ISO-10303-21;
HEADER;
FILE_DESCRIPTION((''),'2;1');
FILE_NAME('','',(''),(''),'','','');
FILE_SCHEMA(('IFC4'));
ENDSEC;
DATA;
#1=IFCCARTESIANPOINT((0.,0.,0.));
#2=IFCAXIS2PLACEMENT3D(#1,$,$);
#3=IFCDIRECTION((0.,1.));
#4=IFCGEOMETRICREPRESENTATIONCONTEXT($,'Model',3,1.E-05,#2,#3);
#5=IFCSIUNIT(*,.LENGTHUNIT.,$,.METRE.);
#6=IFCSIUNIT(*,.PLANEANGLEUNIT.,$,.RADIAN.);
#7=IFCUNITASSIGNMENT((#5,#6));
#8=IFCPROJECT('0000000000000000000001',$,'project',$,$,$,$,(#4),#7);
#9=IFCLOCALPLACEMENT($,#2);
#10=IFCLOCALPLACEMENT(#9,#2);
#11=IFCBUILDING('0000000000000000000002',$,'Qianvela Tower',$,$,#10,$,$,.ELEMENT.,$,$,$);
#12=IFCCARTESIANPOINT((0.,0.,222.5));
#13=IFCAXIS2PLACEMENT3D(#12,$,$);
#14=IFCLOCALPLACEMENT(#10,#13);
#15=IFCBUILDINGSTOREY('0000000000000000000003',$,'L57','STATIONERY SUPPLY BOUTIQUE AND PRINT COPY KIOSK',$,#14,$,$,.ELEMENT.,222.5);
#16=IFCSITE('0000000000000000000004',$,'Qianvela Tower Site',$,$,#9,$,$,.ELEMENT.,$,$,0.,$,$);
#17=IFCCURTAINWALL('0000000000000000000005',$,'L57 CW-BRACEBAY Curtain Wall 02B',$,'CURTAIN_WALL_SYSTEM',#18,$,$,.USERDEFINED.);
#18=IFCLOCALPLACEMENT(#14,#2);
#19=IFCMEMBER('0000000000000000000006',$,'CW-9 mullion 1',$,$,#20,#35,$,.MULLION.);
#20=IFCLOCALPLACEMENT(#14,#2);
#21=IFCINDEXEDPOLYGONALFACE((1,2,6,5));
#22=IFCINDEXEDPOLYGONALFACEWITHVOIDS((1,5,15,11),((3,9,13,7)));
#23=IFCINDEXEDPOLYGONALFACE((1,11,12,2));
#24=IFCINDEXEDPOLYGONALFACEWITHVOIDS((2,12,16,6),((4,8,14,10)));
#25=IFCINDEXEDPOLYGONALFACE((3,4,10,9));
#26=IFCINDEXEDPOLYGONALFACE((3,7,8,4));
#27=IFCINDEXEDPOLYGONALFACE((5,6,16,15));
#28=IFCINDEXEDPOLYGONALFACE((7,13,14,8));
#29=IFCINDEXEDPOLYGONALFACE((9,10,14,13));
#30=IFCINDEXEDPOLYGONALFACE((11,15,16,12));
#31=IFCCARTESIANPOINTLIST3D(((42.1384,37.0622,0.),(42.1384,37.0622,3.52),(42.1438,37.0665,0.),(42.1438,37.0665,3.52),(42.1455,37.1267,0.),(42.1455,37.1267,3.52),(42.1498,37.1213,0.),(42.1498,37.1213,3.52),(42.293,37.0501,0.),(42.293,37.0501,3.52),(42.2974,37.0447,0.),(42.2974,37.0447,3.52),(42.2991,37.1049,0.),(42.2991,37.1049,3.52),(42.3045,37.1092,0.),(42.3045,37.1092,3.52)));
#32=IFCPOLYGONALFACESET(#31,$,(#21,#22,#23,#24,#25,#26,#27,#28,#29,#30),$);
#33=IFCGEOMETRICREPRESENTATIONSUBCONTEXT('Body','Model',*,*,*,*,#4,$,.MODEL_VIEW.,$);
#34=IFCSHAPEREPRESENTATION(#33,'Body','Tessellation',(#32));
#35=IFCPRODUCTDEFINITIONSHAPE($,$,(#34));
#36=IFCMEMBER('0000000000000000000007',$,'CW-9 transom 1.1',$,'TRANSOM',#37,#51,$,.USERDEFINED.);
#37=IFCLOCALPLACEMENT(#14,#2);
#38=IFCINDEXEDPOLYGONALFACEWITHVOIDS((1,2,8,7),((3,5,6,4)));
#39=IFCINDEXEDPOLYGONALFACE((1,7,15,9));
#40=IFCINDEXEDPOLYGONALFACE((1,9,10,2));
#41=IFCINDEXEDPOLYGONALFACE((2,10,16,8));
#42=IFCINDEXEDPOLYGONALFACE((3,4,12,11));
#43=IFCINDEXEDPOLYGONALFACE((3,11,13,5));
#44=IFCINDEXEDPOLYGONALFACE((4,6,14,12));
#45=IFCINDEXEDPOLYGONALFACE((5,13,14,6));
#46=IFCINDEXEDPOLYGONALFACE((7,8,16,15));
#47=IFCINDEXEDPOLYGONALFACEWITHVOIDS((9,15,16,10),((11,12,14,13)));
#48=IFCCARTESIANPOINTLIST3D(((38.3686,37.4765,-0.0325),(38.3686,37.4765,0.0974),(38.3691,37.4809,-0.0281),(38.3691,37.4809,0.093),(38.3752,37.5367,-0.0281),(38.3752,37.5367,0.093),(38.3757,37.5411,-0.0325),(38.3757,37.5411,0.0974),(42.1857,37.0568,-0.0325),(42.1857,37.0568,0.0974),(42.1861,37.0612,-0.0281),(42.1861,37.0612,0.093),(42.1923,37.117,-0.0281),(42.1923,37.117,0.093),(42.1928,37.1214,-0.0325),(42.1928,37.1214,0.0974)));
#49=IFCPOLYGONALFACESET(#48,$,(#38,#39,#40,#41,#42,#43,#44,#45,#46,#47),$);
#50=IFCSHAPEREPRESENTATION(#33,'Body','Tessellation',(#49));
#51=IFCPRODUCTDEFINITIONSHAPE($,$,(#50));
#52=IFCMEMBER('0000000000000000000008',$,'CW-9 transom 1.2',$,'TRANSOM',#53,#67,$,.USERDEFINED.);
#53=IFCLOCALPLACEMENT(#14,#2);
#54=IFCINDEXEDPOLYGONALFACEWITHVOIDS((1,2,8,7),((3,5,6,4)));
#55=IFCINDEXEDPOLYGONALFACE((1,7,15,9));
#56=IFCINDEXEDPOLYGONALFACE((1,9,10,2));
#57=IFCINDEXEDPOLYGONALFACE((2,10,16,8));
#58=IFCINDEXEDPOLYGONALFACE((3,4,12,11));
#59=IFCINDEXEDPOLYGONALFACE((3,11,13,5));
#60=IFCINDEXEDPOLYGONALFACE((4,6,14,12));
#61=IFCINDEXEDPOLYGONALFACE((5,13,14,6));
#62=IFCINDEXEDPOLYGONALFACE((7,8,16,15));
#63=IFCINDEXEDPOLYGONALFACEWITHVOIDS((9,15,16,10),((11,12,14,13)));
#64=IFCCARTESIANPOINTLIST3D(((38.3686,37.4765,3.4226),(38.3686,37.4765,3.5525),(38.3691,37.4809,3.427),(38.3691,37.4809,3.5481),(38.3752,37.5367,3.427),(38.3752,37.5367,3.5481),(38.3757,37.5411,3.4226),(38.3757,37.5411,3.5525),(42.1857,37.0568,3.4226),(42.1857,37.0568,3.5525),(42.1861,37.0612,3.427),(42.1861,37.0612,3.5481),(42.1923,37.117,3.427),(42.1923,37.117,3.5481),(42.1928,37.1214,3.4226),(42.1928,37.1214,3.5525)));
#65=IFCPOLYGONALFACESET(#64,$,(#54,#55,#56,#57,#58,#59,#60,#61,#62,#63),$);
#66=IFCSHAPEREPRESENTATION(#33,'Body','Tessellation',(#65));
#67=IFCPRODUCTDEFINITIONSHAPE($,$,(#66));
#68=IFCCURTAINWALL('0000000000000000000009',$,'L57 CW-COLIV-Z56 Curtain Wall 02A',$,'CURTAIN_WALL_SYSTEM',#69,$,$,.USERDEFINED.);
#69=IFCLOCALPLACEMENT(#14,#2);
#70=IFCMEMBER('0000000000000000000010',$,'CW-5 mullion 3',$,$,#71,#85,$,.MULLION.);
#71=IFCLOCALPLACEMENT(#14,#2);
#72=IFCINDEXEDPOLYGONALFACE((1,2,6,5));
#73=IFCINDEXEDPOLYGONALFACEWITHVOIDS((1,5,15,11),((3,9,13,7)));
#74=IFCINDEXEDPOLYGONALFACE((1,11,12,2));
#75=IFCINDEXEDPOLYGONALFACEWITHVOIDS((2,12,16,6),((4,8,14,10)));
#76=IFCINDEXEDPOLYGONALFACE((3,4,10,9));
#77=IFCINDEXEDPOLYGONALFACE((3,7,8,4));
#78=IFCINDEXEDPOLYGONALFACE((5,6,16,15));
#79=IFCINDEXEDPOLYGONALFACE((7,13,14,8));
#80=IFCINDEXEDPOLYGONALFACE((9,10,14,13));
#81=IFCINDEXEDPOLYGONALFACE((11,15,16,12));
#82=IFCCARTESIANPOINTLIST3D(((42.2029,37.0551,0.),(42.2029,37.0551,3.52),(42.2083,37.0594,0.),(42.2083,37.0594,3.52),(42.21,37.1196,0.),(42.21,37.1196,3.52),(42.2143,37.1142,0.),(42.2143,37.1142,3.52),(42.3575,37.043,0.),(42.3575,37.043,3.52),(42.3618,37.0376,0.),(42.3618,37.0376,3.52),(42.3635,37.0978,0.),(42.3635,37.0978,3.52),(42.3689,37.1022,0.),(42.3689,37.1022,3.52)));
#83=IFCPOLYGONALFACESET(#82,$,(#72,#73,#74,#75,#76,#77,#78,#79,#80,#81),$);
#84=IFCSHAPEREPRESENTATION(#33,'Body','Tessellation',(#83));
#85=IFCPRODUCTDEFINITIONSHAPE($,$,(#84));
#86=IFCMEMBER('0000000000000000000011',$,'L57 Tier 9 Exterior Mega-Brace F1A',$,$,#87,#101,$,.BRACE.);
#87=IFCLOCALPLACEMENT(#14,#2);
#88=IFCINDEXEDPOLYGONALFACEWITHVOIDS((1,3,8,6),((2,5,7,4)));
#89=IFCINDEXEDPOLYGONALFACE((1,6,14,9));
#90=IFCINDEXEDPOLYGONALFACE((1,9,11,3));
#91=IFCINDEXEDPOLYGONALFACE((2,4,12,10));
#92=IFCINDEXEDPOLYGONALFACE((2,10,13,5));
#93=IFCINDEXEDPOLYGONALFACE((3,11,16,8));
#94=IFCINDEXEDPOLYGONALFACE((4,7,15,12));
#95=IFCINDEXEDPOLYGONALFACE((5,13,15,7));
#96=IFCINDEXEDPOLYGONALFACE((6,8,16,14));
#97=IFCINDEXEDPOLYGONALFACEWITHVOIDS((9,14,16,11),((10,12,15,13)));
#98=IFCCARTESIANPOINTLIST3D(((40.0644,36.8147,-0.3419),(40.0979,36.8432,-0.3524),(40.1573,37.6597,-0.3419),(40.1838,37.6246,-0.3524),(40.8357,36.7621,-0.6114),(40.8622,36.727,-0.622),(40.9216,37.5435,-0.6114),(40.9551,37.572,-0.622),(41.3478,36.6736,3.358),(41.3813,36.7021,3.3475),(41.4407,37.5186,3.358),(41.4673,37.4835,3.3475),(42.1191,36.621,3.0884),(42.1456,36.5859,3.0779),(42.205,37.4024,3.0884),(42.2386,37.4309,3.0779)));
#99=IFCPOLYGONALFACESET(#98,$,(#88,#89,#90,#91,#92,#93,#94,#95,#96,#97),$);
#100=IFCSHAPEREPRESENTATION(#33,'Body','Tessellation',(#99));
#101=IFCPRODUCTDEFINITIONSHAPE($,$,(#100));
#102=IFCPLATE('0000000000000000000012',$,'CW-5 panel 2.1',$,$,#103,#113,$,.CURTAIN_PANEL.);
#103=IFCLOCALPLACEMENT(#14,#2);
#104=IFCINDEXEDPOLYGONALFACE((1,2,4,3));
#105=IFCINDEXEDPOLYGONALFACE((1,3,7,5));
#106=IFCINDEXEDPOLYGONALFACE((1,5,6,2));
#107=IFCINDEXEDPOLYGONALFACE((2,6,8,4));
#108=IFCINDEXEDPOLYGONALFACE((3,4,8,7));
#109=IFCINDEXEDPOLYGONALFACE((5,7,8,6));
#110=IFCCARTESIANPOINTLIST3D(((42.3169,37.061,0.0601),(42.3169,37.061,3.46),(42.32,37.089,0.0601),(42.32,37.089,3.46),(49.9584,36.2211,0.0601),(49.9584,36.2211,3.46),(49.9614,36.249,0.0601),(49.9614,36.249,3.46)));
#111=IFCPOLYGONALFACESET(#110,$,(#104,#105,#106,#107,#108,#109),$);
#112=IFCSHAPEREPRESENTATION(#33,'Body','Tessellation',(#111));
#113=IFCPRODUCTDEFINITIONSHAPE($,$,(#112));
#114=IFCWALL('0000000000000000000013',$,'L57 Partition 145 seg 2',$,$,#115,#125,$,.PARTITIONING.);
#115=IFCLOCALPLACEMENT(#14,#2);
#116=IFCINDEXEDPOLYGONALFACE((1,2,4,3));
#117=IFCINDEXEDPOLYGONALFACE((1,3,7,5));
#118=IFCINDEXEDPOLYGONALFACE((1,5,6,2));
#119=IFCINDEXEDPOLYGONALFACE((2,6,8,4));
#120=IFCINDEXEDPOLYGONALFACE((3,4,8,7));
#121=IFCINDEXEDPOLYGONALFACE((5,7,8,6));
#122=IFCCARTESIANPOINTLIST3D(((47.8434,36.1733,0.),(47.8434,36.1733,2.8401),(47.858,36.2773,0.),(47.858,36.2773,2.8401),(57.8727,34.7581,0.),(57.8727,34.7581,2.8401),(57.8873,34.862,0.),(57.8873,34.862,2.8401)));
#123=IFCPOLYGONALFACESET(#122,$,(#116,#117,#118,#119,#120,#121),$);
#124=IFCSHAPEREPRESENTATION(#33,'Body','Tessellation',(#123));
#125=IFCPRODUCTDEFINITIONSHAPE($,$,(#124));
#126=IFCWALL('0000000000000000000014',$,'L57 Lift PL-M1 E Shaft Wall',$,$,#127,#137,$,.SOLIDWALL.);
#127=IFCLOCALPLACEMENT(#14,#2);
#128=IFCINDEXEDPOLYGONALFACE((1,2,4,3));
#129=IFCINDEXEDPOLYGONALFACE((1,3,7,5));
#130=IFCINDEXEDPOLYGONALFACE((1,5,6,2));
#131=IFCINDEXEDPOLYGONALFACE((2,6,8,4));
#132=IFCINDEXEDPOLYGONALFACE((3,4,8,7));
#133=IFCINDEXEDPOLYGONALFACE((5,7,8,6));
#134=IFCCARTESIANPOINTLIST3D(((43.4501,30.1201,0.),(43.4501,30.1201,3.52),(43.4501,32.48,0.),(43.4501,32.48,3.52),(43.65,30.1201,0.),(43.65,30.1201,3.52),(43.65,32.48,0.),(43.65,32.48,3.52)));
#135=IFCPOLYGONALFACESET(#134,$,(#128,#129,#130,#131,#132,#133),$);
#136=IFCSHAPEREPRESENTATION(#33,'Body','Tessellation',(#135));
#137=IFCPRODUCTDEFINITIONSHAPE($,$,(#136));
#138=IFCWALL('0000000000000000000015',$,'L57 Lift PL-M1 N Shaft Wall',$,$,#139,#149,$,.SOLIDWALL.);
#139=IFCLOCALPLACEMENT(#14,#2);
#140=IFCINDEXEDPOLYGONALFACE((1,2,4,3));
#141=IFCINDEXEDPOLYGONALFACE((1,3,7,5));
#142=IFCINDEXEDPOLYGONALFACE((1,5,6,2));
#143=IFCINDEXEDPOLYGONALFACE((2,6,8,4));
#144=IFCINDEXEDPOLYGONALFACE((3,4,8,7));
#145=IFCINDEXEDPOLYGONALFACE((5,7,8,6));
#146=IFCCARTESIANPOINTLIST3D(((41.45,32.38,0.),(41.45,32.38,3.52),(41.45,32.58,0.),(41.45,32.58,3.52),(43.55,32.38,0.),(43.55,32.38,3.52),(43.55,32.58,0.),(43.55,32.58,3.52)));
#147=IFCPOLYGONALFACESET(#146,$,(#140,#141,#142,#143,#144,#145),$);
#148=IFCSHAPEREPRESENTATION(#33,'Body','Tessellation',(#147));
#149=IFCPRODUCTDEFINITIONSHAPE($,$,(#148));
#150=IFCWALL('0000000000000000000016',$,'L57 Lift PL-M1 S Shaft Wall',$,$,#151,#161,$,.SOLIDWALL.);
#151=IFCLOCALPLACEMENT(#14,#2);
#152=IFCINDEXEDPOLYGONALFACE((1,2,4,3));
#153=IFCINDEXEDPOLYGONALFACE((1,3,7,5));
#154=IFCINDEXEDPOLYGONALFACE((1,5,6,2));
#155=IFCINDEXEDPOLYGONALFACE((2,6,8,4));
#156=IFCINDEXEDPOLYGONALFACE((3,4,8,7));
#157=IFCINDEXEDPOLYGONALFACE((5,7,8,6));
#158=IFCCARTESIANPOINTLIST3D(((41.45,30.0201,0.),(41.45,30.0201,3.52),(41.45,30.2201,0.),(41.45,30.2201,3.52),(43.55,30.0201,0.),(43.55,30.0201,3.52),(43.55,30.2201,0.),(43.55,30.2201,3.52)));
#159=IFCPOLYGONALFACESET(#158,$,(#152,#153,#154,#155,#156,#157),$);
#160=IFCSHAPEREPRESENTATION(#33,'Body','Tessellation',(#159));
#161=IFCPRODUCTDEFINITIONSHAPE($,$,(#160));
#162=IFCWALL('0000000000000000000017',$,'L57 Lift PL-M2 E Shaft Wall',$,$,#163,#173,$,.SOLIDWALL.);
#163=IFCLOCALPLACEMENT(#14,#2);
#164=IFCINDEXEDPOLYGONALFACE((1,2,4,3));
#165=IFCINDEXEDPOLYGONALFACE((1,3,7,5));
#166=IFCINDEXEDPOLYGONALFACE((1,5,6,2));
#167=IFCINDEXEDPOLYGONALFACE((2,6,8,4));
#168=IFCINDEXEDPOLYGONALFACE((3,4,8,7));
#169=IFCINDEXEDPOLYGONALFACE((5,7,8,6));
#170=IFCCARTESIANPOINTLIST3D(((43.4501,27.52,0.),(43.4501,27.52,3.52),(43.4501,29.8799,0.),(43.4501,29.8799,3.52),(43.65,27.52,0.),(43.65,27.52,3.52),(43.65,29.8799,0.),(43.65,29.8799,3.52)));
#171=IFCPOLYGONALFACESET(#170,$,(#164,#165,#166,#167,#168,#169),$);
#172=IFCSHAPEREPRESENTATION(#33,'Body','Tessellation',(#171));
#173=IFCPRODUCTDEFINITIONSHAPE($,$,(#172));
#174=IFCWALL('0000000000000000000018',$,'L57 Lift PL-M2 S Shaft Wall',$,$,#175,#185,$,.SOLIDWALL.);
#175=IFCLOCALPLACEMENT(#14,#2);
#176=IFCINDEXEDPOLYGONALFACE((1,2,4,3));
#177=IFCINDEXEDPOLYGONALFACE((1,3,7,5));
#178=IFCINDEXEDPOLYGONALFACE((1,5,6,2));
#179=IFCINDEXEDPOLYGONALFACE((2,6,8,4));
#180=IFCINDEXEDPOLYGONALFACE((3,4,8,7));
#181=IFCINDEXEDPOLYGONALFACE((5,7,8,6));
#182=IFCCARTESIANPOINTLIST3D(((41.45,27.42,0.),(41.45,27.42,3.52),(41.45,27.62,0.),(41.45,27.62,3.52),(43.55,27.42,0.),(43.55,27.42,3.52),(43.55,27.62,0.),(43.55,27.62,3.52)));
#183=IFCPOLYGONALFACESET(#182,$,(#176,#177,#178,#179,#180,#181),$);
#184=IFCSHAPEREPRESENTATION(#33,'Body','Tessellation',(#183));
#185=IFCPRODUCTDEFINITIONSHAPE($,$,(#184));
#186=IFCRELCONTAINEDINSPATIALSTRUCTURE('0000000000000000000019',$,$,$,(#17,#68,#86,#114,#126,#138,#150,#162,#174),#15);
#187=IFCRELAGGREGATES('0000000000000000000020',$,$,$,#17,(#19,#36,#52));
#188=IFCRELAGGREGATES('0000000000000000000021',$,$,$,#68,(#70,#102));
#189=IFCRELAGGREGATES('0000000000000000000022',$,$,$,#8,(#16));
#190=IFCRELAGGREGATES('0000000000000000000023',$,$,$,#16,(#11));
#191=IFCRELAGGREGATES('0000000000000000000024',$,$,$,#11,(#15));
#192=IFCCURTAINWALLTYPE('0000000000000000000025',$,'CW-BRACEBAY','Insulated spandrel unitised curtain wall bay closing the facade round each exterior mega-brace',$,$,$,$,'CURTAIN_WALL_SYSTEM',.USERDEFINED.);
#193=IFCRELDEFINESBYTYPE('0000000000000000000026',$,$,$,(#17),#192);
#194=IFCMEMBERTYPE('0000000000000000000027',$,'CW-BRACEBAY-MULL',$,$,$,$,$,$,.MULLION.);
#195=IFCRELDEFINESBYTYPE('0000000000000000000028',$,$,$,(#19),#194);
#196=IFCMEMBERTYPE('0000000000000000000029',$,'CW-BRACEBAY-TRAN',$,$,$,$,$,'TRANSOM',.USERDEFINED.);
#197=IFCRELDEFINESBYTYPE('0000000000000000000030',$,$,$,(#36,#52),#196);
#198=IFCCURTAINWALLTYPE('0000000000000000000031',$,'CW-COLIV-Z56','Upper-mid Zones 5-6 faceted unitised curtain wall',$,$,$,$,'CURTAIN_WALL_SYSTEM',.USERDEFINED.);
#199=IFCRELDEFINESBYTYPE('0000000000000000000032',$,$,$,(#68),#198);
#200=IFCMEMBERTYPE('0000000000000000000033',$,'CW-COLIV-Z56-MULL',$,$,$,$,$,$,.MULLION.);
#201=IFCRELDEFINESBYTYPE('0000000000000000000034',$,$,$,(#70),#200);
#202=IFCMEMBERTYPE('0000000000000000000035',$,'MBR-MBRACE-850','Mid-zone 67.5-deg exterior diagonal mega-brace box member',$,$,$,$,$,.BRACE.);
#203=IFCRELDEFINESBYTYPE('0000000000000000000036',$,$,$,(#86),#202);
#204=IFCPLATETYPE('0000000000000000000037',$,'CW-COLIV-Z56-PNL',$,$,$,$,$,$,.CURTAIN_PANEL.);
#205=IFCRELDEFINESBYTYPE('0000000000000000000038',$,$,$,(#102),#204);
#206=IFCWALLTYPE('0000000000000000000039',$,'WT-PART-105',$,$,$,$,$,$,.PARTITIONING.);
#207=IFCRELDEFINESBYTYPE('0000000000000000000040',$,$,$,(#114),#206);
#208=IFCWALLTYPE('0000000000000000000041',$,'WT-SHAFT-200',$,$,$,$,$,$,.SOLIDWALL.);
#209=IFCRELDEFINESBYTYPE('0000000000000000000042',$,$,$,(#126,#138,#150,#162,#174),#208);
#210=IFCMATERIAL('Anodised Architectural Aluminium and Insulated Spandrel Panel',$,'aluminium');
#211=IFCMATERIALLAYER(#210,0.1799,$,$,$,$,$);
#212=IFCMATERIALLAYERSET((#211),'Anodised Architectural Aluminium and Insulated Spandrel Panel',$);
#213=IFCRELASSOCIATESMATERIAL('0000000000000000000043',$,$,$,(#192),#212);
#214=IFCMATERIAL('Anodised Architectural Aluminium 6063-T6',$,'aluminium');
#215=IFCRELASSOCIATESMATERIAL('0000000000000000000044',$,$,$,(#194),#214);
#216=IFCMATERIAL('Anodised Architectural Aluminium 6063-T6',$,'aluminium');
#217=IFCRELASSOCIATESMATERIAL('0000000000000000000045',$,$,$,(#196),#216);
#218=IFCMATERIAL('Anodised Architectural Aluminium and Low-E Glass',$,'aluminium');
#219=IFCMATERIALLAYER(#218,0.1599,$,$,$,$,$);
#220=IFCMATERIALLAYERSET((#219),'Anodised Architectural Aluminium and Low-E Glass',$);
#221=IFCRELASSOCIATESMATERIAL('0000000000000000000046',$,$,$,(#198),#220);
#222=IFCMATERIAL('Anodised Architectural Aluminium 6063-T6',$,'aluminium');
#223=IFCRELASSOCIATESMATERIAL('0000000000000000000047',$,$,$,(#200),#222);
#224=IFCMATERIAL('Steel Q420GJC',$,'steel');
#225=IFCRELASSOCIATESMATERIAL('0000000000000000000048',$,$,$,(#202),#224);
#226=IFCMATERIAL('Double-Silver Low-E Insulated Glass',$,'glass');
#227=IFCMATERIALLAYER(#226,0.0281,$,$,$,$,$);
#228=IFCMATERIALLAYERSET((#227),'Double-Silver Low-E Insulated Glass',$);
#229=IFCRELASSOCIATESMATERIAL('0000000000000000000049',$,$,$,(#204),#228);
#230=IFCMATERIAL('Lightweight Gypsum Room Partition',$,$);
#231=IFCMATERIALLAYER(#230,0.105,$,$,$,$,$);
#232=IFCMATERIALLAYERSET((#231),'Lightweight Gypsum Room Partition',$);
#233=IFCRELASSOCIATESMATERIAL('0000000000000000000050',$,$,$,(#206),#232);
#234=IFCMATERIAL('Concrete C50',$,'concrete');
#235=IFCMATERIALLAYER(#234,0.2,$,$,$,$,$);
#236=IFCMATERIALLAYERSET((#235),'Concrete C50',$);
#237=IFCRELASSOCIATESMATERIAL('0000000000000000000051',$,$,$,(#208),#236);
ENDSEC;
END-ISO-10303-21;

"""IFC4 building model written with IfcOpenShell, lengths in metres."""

from ifc_helpers import new_model, si_unit, direction, frame, frame_2d, origin, origin_2d, place, context, subcontext, project, spatial, rectangle, hollow_rectangle, extrude, material, layer, layer_set, material_profile, profile_set, type_object, element, aggregate, save


model = new_model("IFC4")

# Units and contexts
model_context = context("Model", 3, precision=1e-05, world=origin(), true_north=direction((0.0, 1.0)))
body_context = subcontext(model_context, "Body", "Model", "MODEL_VIEW")
ifc_project = project(units=[si_unit("LENGTHUNIT", "METRE"), si_unit("PLANEANGLEUNIT", "RADIAN")], contexts=[model_context])

# Site, building, storey
site_placement = place(None, origin())
site = spatial("IfcSite", under=ifc_project, at=site_placement, Name="Qianvela Tower Site", CompositionType="ELEMENT", RefElevation=0.0)
building_placement = place(site_placement, origin())
building = spatial("IfcBuilding", under=site, at=building_placement, Name="Qianvela Tower", CompositionType="ELEMENT")
storey_placement = place(building_placement, frame((0.0, 0.0, 222.5)))
storey = spatial("IfcBuildingStorey", under=building, at=storey_placement, Name="L57", Description="STATIONERY SUPPLY BOUTIQUE AND PRINT COPY KIOSK", CompositionType="ELEMENT", Elevation=222.5)

# Curtain wall, members
ifc_material_1 = material(Name="Anodised Architectural Aluminium and Insulated Spandrel Panel", Category="aluminium")
ifc_layer_1 = layer(ifc_material_1, 0.1799)
ifc_layer_set_1 = layer_set([ifc_layer_1], Name="Anodised Architectural Aluminium and Insulated Spandrel Panel")
curtain_wall_type_1 = type_object("IfcCurtainWallType", Name="CW-BRACEBAY", Description="Insulated spandrel unitised curtain wall bay closing the facade round each exterior mega-brace", ElementType="CURTAIN_WALL_SYSTEM", PredefinedType="USERDEFINED", material=ifc_layer_set_1)
curtain_wall_1_placement = place(storey_placement, origin())
curtain_wall_1 = element("IfcCurtainWall", 1, at=curtain_wall_1_placement, inside=storey, type_object=curtain_wall_type_1, Name="L57 CW-BRACEBAY Curtain Wall 02B", ObjectType="CURTAIN_WALL_SYSTEM", PredefinedType="USERDEFINED")
ifc_material_2 = material(Name="Anodised Architectural Aluminium 6063-T6", Category="aluminium")
ifc_material_profile_1 = material_profile(ifc_material_2, hollow_rectangle(XDim=0.0649, YDim=0.1599, WallThickness=0.0049, at=origin_2d()), Name="ALU-MULL-65x160")
ifc_profile_set_1 = profile_set([ifc_material_profile_1], Name="Anodised Architectural Aluminium 6063-T6")
member_type_1 = type_object("IfcMemberType", Name="CW-BRACEBAY-MULL", PredefinedType="MULLION", material=ifc_profile_set_1)
member_1_placement = place(storey_placement, frame((42.2214, 37.0857, 0.0), z_axis=(0.0, 0.0, 1.0), x_axis=(-0.10927, -0.994012, 0.0)))
member_1 = element("IfcMember", 2, at=member_1_placement, type_object=member_type_1, Name="CW-9 mullion 1", PredefinedType="MULLION", context=body_context, shape_type="SweptSolid", body=[
    extrude(hollow_rectangle(XDim=0.0649, YDim=0.1599, WallThickness=0.0049, at=origin_2d()), origin(), (0.0, 0.0, 1.0), 3.52),
])
ifc_material_3 = material(Name="Anodised Architectural Aluminium 6063-T6", Category="aluminium")
ifc_material_profile_2 = material_profile(ifc_material_3, hollow_rectangle(XDim=0.0649, YDim=0.1299, WallThickness=0.0044, at=origin_2d()), Name="ALU-TRAN-65x130")
ifc_profile_set_2 = profile_set([ifc_material_profile_2], Name="Anodised Architectural Aluminium 6063-T6")
member_type_2 = type_object("IfcMemberType", Name="CW-BRACEBAY-TRAN", ElementType="TRANSOM", PredefinedType="USERDEFINED", material=ifc_profile_set_2)
member_2_placement = place(storey_placement, frame((42.1892, 37.0891, 0.0325), z_axis=(-0.99401, 0.109287, 0.0), x_axis=(-0.109287, -0.99401, 0.0)))
member_2 = element("IfcMember", 3, at=member_2_placement, type_object=member_type_2, Name="CW-9 transom 1.1", ObjectType="TRANSOM", PredefinedType="USERDEFINED", context=body_context, shape_type="SweptSolid", body=[
    extrude(hollow_rectangle(XDim=0.0649, YDim=0.1299, WallThickness=0.0044, at=origin_2d()), origin(), (0.0, 0.0, 1.0), 3.8401),
])
member_3_placement = place(storey_placement, frame((42.1892, 37.0891, 3.4875), z_axis=(-0.99401, 0.109287, 0.0), x_axis=(-0.109287, -0.99401, 0.0)))
member_3 = element("IfcMember", 4, at=member_3_placement, type_object=member_type_2, Name="CW-9 transom 1.2", ObjectType="TRANSOM", PredefinedType="USERDEFINED", context=body_context, shape_type="SweptSolid", body=[
    extrude(hollow_rectangle(XDim=0.0649, YDim=0.1299, WallThickness=0.0044, at=origin_2d()), origin(), (0.0, 0.0, 1.0), 3.8401),
])
aggregate(curtain_wall_1, [member_1, member_2, member_3])

# Curtain wall, member
ifc_material_4 = material(Name="Anodised Architectural Aluminium and Low-E Glass", Category="aluminium")
ifc_layer_2 = layer(ifc_material_4, 0.1599)
ifc_layer_set_2 = layer_set([ifc_layer_2], Name="Anodised Architectural Aluminium and Low-E Glass")
curtain_wall_type_2 = type_object("IfcCurtainWallType", Name="CW-COLIV-Z56", Description="Upper-mid Zones 5-6 faceted unitised curtain wall", ElementType="CURTAIN_WALL_SYSTEM", PredefinedType="USERDEFINED", material=ifc_layer_set_2)
curtain_wall_2_placement = place(storey_placement, origin())
curtain_wall_2 = element("IfcCurtainWall", 5, at=curtain_wall_2_placement, inside=storey, type_object=curtain_wall_type_2, Name="L57 CW-COLIV-Z56 Curtain Wall 02A", ObjectType="CURTAIN_WALL_SYSTEM", PredefinedType="USERDEFINED")
ifc_material_5 = material(Name="Anodised Architectural Aluminium 6063-T6", Category="aluminium")
ifc_material_profile_3 = material_profile(ifc_material_5, hollow_rectangle(XDim=0.0649, YDim=0.1599, WallThickness=0.0049, at=origin_2d()), Name="ALU-MULL-65x160")
ifc_profile_set_3 = profile_set([ifc_material_profile_3], Name="Anodised Architectural Aluminium 6063-T6")
member_type_3 = type_object("IfcMemberType", Name="CW-COLIV-Z56-MULL", PredefinedType="MULLION", material=ifc_profile_set_3)
member_4_placement = place(storey_placement, frame((42.2859, 37.0786, 0.0), z_axis=(0.0, 0.0, 1.0), x_axis=(-0.109261, -0.994013, 0.0)))
member_4 = element("IfcMember", 6, at=member_4_placement, type_object=member_type_3, Name="CW-5 mullion 3", PredefinedType="MULLION", context=body_context, shape_type="SweptSolid", body=[
    extrude(hollow_rectangle(XDim=0.0649, YDim=0.1599, WallThickness=0.0049, at=origin_2d()), origin(), (0.0, 0.0, 1.0), 3.52),
])

# Member
ifc_material_6 = material(Name="Steel Q420GJC", Category="steel")
ifc_material_profile_4 = material_profile(ifc_material_6, hollow_rectangle(XDim=0.8501, YDim=0.8501, WallThickness=0.032, at=origin_2d()), Name="MBOX-850x850x32")
ifc_profile_set_4 = profile_set([ifc_material_profile_4], Name="Steel Q420GJC")
member_type_4 = type_object("IfcMemberType", Name="MBR-MBRACE-850", Description="Mid-zone 67.5-deg exterior diagonal mega-brace box member", PredefinedType="BRACE", material=ifc_profile_set_4)
member_5_placement = place(storey_placement, frame((40.5098, 37.1934, -0.4819), z_axis=(0.327512, -0.03601, 0.94416), x_axis=(0.10929, 0.99401, 0.0)))
element("IfcMember", 7, at=member_5_placement, inside=storey, type_object=member_type_4, Name="L57 Tier 9 Exterior Mega-Brace F1A", PredefinedType="BRACE", context=body_context, shape_type="SweptSolid", body=[
    extrude(hollow_rectangle(XDim=0.8501, YDim=0.8501, WallThickness=0.032, at=origin_2d()), origin(), (0.0, 0.0, 1.0), 3.9187),
])

# Plate
ifc_material_7 = material(Name="Double-Silver Low-E Insulated Glass", Category="glass")
ifc_layer_3 = layer(ifc_material_7, 0.0281)
ifc_layer_set_3 = layer_set([ifc_layer_3], Name="Double-Silver Low-E Insulated Glass")
plate_type = type_object("IfcPlateType", Name="CW-COLIV-Z56-PNL", PredefinedType="CURTAIN_PANEL", material=ifc_layer_set_3)
plate_placement = place(storey_placement, frame((46.1392, 36.655, 0.0601), z_axis=(0.0, 0.0, 1.0), x_axis=(-0.994013, 0.109261, 0.0)))
plate = element("IfcPlate", 8, at=plate_placement, type_object=plate_type, Name="CW-5 panel 2.1", PredefinedType="CURTAIN_PANEL", context=body_context, shape_type="SweptSolid", body=[
    extrude(rectangle(XDim=7.6875, YDim=0.0281, at=origin_2d()), origin(), (0.0, 0.0, 1.0), 3.3999),
])
aggregate(curtain_wall_2, [member_4, plate])

# Walls
ifc_material_8 = material(Name="Lightweight Gypsum Room Partition")
ifc_layer_4 = layer(ifc_material_8, 0.105)
ifc_layer_set_4 = layer_set([ifc_layer_4], Name="Lightweight Gypsum Room Partition")
wall_type_1 = type_object("IfcWallType", Name="WT-PART-105", PredefinedType="PARTITIONING", material=ifc_layer_set_4)
wall_1_placement = place(storey_placement, frame((47.8506, 36.2253, 0.0), z_axis=(0.0, 0.0, 1.0), x_axis=(0.99019, -0.139731, 0.0)))
element("IfcWall", 9, at=wall_1_placement, inside=storey, type_object=wall_type_1, Name="L57 Partition 145 seg 2", PredefinedType="PARTITIONING", context=body_context, shape_type="SweptSolid", body=[
    extrude(rectangle(XDim=10.1287, YDim=0.105, at=frame_2d((5.0645, 0.0))), origin(), (0.0, 0.0, 1.0), 2.8401),
])
ifc_material_9 = material(Name="Concrete C50", Category="concrete")
ifc_layer_5 = layer(ifc_material_9, 0.2)
ifc_layer_set_5 = layer_set([ifc_layer_5], Name="Concrete C50")
wall_type_2 = type_object("IfcWallType", Name="WT-SHAFT-200", PredefinedType="SOLIDWALL", material=ifc_layer_set_5)
wall_2_placement = place(storey_placement, frame((43.55, 30.1201, 0.0), z_axis=(0.0, 0.0, 1.0), x_axis=(0.0, 1.0, 0.0)))
element("IfcWall", 10, at=wall_2_placement, inside=storey, type_object=wall_type_2, Name="L57 Lift PL-M1 E Shaft Wall", PredefinedType="SOLIDWALL", context=body_context, shape_type="SweptSolid", body=[
    extrude(rectangle(XDim=2.3599, YDim=0.2, at=frame_2d((1.1799, 0.0))), origin(), (0.0, 0.0, 1.0), 3.52),
])

# Walls
for number, where, z_axis, x_axis, name in (
    (11, (41.45, 32.48, 0.0), (0.0, 0.0, 1.0), (1.0, 0.0, 0.0), "L57 Lift PL-M1 N Shaft Wall"),
    (12, (41.45, 30.1201, 0.0), (0.0, 0.0, 1.0), (1.0, 0.0, 0.0), "L57 Lift PL-M1 S Shaft Wall"),
):
    element("IfcWall", number, at=place(storey_placement, frame(where, z_axis=z_axis, x_axis=x_axis)), inside=storey, type_object=wall_type_2, Name=name, PredefinedType="SOLIDWALL", context=body_context, shape_type="SweptSolid", body=[
        extrude(rectangle(XDim=2.1001, YDim=0.2, at=frame_2d((1.05, 0.0))), origin(), (0.0, 0.0, 1.0), 3.52),
    ])
wall_3_placement = place(storey_placement, frame((43.55, 27.52, 0.0), z_axis=(0.0, 0.0, 1.0), x_axis=(0.0, 1.0, 0.0)))
element("IfcWall", 13, at=wall_3_placement, inside=storey, type_object=wall_type_2, Name="L57 Lift PL-M2 E Shaft Wall", PredefinedType="SOLIDWALL", context=body_context, shape_type="SweptSolid", body=[
    extrude(rectangle(XDim=2.3599, YDim=0.2, at=frame_2d((1.1799, 0.0))), origin(), (0.0, 0.0, 1.0), 3.52),
])

# Wall
wall_4_placement = place(storey_placement, frame((41.45, 27.52, 0.0), z_axis=(0.0, 0.0, 1.0), x_axis=(1.0, 0.0, 0.0)))
element("IfcWall", 14, at=wall_4_placement, inside=storey, type_object=wall_type_2, Name="L57 Lift PL-M2 S Shaft Wall", PredefinedType="SOLIDWALL", context=body_context, shape_type="SweptSolid", body=[
    extrude(rectangle(XDim=2.1001, YDim=0.2, at=frame_2d((1.05, 0.0))), origin(), (0.0, 0.0, 1.0), 3.52),
])

save(model, "model.ifc")
